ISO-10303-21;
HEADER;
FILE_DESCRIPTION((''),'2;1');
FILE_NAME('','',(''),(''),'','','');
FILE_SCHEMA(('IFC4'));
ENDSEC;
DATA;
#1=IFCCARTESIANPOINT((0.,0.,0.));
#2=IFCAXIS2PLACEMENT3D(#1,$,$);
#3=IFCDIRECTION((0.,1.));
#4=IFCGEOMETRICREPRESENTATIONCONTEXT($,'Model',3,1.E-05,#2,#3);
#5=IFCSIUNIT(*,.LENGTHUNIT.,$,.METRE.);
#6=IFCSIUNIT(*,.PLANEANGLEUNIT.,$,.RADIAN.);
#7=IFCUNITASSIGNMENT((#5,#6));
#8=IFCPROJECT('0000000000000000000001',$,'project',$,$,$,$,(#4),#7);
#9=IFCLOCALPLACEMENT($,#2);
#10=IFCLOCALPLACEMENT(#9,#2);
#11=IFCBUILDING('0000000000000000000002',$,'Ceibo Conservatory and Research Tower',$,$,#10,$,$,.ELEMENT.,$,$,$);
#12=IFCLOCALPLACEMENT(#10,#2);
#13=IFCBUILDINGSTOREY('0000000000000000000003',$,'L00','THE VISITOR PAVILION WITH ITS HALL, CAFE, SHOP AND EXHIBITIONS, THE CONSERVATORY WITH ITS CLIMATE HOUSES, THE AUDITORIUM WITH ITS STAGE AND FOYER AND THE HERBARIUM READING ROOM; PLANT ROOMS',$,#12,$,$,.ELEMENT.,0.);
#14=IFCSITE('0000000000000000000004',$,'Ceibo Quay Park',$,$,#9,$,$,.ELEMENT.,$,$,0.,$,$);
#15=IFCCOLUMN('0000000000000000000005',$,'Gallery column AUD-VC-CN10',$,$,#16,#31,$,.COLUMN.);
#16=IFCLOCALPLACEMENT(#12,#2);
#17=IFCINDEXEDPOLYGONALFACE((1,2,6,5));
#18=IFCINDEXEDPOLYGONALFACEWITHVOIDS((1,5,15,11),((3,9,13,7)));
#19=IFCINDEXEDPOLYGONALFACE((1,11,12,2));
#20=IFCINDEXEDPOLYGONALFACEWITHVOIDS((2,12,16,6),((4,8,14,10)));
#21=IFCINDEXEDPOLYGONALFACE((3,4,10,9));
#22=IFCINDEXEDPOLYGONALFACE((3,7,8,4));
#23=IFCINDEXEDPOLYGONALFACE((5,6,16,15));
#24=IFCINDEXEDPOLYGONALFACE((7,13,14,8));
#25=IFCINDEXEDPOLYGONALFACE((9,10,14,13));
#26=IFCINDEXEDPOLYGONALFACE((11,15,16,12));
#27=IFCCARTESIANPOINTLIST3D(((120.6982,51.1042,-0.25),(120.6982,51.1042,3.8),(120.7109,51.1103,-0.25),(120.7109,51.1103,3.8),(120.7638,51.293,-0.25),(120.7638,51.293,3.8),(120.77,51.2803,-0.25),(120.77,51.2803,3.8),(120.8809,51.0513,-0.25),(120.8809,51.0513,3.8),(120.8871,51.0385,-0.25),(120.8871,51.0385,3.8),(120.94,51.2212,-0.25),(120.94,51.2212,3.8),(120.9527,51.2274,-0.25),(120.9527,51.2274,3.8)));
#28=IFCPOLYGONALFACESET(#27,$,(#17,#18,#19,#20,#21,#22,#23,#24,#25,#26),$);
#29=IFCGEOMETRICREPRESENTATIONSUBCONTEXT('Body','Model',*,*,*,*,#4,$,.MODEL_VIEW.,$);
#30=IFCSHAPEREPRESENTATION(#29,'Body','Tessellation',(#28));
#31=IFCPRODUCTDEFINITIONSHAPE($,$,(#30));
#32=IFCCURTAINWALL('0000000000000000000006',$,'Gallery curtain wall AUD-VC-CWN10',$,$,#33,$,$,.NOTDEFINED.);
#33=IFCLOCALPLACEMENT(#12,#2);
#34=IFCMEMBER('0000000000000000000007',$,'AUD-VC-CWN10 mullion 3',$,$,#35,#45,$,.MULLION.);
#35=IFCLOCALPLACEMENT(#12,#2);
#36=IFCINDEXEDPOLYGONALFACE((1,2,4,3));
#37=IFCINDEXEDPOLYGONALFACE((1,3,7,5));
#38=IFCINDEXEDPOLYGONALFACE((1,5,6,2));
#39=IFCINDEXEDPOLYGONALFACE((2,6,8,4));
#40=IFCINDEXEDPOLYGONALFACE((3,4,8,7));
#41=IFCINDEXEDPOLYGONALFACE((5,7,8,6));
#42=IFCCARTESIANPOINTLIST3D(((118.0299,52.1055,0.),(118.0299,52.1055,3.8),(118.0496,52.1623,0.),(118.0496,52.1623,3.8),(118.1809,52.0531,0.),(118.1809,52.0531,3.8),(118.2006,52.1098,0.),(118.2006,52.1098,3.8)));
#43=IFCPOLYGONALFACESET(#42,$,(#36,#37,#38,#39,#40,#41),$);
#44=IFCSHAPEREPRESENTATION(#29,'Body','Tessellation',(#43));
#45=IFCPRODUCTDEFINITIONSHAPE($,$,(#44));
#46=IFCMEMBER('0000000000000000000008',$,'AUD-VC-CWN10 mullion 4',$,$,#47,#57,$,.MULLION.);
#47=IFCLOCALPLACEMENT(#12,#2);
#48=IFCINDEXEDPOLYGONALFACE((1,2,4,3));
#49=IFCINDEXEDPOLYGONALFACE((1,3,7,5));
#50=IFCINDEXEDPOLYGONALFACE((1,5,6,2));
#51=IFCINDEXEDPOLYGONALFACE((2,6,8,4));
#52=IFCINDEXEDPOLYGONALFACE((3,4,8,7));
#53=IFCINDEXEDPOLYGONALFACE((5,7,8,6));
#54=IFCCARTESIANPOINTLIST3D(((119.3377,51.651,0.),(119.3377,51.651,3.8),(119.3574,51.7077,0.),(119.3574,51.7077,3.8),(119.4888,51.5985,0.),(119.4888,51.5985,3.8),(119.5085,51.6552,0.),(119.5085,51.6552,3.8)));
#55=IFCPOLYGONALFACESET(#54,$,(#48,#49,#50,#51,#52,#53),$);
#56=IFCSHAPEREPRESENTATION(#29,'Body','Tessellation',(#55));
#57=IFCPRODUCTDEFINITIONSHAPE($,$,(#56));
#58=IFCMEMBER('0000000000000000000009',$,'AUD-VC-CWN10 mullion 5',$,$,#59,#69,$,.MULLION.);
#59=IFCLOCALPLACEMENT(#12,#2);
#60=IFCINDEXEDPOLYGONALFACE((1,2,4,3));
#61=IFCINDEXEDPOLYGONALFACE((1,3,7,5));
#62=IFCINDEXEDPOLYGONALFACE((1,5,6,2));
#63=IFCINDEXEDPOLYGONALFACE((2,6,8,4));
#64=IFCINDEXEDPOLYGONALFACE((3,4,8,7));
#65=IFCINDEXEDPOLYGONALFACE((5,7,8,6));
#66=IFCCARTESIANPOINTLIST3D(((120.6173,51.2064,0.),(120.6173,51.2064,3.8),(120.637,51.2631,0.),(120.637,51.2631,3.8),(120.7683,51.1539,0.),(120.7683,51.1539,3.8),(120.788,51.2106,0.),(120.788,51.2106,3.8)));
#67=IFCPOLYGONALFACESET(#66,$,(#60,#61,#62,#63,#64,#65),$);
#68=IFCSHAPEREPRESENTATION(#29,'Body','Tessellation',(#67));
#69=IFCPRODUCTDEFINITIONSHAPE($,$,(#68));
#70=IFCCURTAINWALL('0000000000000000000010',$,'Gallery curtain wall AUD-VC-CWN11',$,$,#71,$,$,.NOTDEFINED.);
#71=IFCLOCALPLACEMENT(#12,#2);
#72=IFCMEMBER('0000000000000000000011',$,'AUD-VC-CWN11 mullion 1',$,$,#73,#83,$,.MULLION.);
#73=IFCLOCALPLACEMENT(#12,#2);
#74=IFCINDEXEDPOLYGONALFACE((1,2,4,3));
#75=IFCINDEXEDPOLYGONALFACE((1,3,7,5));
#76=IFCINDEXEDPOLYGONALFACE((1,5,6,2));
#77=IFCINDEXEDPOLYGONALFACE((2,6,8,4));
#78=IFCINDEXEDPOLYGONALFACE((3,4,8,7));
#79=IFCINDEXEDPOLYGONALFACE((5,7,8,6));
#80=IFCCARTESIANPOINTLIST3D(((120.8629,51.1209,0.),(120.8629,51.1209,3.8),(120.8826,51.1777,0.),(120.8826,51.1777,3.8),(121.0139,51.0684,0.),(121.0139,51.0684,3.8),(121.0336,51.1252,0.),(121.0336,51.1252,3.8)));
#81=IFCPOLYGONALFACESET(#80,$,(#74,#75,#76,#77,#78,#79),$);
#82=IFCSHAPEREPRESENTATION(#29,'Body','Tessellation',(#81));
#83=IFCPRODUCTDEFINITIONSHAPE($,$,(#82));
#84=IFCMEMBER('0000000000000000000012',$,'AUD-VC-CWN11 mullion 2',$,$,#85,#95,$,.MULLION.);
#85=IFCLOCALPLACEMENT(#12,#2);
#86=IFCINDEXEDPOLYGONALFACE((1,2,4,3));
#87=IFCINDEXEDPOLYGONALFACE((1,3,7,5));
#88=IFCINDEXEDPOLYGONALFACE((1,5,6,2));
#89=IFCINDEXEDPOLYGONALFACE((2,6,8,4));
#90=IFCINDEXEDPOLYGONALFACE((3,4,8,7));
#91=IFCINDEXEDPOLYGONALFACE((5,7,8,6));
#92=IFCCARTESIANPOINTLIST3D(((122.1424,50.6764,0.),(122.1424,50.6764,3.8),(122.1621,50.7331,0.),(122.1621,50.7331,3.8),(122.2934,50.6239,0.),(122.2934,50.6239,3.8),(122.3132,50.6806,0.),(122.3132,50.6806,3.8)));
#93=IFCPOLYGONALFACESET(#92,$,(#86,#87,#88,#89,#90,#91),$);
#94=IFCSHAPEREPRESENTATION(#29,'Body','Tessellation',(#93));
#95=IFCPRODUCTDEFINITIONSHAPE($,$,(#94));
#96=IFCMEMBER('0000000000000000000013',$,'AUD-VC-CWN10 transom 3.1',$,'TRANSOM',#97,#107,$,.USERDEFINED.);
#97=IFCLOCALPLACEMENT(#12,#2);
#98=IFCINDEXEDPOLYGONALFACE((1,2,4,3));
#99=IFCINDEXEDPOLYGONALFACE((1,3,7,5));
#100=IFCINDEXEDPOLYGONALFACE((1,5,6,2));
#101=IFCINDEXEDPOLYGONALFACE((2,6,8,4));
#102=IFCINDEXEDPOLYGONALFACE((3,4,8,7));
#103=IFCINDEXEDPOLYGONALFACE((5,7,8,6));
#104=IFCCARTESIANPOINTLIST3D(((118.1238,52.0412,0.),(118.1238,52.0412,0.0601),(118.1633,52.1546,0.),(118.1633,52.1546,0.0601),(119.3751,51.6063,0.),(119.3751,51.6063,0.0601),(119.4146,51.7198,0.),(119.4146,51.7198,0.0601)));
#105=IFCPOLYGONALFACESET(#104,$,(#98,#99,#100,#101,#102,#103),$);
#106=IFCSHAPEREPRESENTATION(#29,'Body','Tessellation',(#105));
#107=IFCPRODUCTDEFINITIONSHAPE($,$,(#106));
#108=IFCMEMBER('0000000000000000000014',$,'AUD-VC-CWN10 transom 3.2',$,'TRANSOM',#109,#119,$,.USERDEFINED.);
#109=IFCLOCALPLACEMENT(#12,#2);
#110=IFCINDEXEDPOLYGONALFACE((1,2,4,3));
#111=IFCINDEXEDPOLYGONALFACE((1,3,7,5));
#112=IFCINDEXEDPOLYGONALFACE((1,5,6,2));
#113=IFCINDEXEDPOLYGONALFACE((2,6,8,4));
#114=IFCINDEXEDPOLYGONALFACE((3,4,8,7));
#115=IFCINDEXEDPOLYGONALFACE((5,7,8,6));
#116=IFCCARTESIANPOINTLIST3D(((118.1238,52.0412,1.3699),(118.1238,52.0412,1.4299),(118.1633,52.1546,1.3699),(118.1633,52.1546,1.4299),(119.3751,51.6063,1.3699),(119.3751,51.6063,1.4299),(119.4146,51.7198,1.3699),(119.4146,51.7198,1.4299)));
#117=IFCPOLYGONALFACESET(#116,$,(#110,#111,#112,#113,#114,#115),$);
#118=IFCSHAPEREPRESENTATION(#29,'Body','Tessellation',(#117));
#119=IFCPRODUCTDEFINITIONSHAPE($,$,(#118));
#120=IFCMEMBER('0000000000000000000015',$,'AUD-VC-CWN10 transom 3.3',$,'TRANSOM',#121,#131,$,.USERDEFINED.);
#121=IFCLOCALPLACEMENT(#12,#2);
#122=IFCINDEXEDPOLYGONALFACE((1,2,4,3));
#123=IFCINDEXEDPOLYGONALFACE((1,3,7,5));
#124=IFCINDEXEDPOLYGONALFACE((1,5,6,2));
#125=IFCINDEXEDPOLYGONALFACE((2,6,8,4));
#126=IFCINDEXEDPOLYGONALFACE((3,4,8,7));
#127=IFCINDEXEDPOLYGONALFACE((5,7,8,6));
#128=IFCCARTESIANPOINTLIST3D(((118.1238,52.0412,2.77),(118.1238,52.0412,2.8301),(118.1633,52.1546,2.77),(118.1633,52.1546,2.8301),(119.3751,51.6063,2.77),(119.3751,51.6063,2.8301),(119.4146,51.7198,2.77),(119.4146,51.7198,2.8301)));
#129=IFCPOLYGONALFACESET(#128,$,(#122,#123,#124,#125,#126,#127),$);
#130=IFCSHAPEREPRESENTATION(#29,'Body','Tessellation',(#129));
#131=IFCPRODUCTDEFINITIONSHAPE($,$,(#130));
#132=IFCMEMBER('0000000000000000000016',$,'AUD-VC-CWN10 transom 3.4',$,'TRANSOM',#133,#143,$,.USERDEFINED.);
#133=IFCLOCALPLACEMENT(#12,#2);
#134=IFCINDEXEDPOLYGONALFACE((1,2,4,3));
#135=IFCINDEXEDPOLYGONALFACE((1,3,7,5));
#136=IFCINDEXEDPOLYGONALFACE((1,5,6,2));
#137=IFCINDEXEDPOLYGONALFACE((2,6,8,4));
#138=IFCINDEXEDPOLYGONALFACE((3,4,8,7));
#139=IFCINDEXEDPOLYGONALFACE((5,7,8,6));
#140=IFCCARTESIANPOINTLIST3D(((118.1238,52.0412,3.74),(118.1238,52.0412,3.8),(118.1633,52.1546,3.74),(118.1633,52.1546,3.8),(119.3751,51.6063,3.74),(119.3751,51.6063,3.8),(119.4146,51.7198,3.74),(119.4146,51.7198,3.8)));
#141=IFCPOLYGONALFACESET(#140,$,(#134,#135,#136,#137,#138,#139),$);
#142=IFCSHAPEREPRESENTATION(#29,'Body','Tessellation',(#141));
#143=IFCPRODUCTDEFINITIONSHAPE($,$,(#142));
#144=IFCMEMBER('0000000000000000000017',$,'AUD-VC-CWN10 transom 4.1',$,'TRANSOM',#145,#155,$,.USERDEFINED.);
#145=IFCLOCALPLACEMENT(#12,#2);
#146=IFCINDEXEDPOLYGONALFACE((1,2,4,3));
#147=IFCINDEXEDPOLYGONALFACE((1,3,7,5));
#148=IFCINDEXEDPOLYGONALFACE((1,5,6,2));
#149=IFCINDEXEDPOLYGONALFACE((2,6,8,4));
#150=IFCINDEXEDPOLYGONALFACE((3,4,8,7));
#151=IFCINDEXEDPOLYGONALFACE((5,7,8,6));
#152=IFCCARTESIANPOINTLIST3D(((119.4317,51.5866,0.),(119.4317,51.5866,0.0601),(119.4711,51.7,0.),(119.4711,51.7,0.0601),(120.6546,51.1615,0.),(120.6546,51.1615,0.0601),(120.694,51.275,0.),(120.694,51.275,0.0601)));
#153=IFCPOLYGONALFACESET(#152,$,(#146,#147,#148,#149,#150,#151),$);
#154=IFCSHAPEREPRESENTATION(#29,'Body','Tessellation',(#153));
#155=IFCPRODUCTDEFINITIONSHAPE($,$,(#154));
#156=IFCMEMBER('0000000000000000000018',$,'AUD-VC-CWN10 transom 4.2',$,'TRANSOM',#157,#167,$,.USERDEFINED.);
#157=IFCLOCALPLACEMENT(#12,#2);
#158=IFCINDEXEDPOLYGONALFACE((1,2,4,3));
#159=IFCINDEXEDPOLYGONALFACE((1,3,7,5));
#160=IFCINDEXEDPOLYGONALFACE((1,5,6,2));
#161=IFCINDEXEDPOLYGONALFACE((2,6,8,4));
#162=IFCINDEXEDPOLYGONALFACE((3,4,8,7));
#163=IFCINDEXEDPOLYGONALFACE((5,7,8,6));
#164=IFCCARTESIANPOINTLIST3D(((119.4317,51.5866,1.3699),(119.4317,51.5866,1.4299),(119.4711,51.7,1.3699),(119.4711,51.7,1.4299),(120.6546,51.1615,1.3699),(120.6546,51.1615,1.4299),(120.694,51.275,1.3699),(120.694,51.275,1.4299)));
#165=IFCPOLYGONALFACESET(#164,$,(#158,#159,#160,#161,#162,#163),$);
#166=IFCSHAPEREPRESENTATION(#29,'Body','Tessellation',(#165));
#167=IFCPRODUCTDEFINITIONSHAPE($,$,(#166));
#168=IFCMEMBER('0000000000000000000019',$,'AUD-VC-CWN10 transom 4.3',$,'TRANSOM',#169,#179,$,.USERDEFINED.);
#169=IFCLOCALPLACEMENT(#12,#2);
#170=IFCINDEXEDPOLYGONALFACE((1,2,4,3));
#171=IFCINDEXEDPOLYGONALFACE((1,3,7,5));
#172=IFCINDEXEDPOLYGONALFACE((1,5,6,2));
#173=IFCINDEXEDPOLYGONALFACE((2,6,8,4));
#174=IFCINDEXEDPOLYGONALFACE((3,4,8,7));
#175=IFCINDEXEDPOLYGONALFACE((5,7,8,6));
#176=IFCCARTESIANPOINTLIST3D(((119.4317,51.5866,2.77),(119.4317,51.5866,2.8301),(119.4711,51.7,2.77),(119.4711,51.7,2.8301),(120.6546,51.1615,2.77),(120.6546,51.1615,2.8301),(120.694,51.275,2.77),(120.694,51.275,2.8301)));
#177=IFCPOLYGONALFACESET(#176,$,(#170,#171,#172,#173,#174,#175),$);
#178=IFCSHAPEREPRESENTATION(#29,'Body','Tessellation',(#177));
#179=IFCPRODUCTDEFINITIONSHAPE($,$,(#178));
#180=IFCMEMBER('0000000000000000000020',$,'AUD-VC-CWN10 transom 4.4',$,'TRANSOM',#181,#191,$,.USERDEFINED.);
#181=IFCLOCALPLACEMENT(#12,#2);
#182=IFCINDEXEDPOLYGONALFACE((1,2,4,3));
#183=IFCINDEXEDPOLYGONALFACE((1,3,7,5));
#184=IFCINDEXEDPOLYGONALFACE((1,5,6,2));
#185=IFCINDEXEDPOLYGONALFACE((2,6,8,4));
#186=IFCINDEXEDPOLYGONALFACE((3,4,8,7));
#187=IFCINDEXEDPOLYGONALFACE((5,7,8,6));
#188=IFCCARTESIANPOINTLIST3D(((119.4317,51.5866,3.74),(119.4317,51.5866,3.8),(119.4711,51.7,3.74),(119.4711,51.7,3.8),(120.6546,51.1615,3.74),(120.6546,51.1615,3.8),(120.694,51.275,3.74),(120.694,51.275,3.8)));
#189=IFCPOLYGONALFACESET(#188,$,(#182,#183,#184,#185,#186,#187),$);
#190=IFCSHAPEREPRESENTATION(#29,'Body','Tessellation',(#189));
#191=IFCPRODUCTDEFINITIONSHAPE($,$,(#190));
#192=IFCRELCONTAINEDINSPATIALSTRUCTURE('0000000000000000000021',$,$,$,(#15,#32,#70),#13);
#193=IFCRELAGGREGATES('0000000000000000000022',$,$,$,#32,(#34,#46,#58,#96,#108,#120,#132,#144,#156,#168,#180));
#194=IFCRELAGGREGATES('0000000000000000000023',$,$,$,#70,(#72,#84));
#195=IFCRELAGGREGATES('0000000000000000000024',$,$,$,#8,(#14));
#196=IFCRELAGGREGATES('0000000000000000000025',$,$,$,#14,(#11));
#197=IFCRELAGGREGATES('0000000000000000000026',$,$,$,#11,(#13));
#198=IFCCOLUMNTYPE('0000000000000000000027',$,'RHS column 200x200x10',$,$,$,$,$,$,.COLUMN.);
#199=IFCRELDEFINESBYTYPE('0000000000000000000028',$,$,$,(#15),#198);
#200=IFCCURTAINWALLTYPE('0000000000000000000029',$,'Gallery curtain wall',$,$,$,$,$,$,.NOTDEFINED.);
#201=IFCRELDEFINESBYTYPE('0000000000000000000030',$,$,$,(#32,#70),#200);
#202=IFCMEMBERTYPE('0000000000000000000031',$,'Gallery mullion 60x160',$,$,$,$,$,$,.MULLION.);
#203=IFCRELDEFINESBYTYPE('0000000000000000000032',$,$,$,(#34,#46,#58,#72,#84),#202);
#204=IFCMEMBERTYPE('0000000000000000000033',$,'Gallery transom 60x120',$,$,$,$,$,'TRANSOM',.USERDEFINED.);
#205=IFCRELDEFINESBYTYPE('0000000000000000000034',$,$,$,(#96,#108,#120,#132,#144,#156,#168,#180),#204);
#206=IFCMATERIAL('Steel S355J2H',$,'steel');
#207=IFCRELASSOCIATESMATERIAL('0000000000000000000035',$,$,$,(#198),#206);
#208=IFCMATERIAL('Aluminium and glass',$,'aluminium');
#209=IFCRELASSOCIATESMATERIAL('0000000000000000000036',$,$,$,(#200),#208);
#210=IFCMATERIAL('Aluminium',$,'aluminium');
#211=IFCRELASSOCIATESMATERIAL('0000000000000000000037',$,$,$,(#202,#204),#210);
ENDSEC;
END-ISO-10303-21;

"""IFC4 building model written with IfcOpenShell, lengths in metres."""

from ifc_helpers import new_model, si_unit, direction, frame, origin, origin_2d, place, context, subcontext, project, spatial, rectangle, hollow_rectangle, extrude, material, material_profile, profile_set, type_object, element, aggregate, save


model = new_model("IFC4")

# Units and contexts
model_context = context("Model", 3, precision=1e-05, world=origin(), true_north=direction((0.0, 1.0)))
body_context = subcontext(model_context, "Body", "Model", "MODEL_VIEW")
ifc_project = project(units=[si_unit("LENGTHUNIT", "METRE"), si_unit("PLANEANGLEUNIT", "RADIAN")], contexts=[model_context])

# Site, building, storey
site_placement = place(None, origin())
site = spatial("IfcSite", under=ifc_project, at=site_placement, Name="Ceibo Quay Park", CompositionType="ELEMENT", RefElevation=0.0)
building_placement = place(site_placement, origin())
building = spatial("IfcBuilding", under=site, at=building_placement, Name="Ceibo Conservatory and Research Tower", CompositionType="ELEMENT")
storey_placement = place(building_placement, origin())
storey = spatial("IfcBuildingStorey", under=building, at=storey_placement, Name="L00", Description="THE VISITOR PAVILION WITH ITS HALL, CAFE, SHOP AND EXHIBITIONS, THE CONSERVATORY WITH ITS CLIMATE HOUSES, THE AUDITORIUM WITH ITS STAGE AND FOYER AND THE HERBARIUM READING ROOM; PLANT ROOMS", CompositionType="ELEMENT", Elevation=0.0)

# Column
ifc_material_1 = material(Name="Steel S355J2H", Category="steel")
ifc_material_profile_1 = material_profile(ifc_material_1, hollow_rectangle(XDim=0.2, YDim=0.2, WallThickness=0.01, at=origin_2d()), Name="RHS column 200x200x10")
ifc_profile_set_1 = profile_set([ifc_material_profile_1], Name="Steel S355J2H")
column_type = type_object("IfcColumnType", Name="RHS column 200x200x10", PredefinedType="COLUMN", material=ifc_profile_set_1)
column_placement = place(storey_placement, frame((120.8254, 51.1658, -0.25), z_axis=(0.0, 0.0, 1.0), x_axis=(0.944579, -0.328284, 0.0)))
element("IfcColumn", 1, at=column_placement, inside=storey, type_object=column_type, Name="Gallery column AUD-VC-CN10", PredefinedType="COLUMN", context=body_context, shape_type="SweptSolid", body=[
    extrude(hollow_rectangle(XDim=0.2, YDim=0.2, WallThickness=0.01, at=origin_2d()), origin(), (0.0, 0.0, 1.0), 4.05),
])

# Curtain walls, members
ifc_material_2 = material(Name="Aluminium and glass", Category="aluminium")
curtain_wall_type = type_object("IfcCurtainWallType", Name="Gallery curtain wall", PredefinedType="NOTDEFINED", material=ifc_material_2)
curtain_wall_1_placement = place(storey_placement, origin())
curtain_wall_1 = element("IfcCurtainWall", 2, at=curtain_wall_1_placement, inside=storey, type_object=curtain_wall_type, Name="Gallery curtain wall AUD-VC-CWN10", PredefinedType="NOTDEFINED")
ifc_material_3 = material(Name="Aluminium", Category="aluminium")
ifc_material_profile_2 = material_profile(ifc_material_3, rectangle(XDim=0.0601, YDim=0.1599, at=origin_2d()), Name="AL 60x160")
ifc_profile_set_2 = profile_set([ifc_material_profile_2], Name="Aluminium")
member_type_1 = type_object("IfcMemberType", Name="Gallery mullion 60x160", PredefinedType="MULLION", material=ifc_profile_set_2)
member_1_placement = place(storey_placement, frame((118.1152, 52.1077, 0.0), z_axis=(0.0, 0.0, 1.0), x_axis=(0.328284, 0.944579, 0.0)))
member_1 = element("IfcMember", 3, at=member_1_placement, type_object=member_type_1, Name="AUD-VC-CWN10 mullion 3", PredefinedType="MULLION", context=body_context, shape_type="SweptSolid", body=[
    extrude(rectangle(XDim=0.0601, YDim=0.1599, at=origin_2d()), origin(), (0.0, 0.0, 1.0), 3.8),
])
member_2_placement = place(storey_placement, frame((119.4231, 51.6531, 0.0), z_axis=(0.0, 0.0, 1.0), x_axis=(0.328284, 0.944579, 0.0)))
member_2 = element("IfcMember", 4, at=member_2_placement, type_object=member_type_1, Name="AUD-VC-CWN10 mullion 4", PredefinedType="MULLION", context=body_context, shape_type="SweptSolid", body=[
    extrude(rectangle(XDim=0.0601, YDim=0.1599, at=origin_2d()), origin(), (0.0, 0.0, 1.0), 3.8),
])
member_3_placement = place(storey_placement, frame((120.7026, 51.2085, 0.0), z_axis=(0.0, 0.0, 1.0), x_axis=(0.328284, 0.944579, 0.0)))
member_3 = element("IfcMember", 5, at=member_3_placement, type_object=member_type_1, Name="AUD-VC-CWN10 mullion 5", PredefinedType="MULLION", context=body_context, shape_type="SweptSolid", body=[
    extrude(rectangle(XDim=0.0601, YDim=0.1599, at=origin_2d()), origin(), (0.0, 0.0, 1.0), 3.8),
])
curtain_wall_2_placement = place(storey_placement, origin())
curtain_wall_2 = element("IfcCurtainWall", 6, at=curtain_wall_2_placement, inside=storey, type_object=curtain_wall_type, Name="Gallery curtain wall AUD-VC-CWN11", PredefinedType="NOTDEFINED")
member_4_placement = place(storey_placement, frame((120.9482, 51.123, 0.0), z_axis=(0.0, 0.0, 1.0), x_axis=(0.328284, 0.944579, 0.0)))
member_4 = element("IfcMember", 7, at=member_4_placement, type_object=member_type_1, Name="AUD-VC-CWN11 mullion 1", PredefinedType="MULLION", context=body_context, shape_type="SweptSolid", body=[
    extrude(rectangle(XDim=0.0601, YDim=0.1599, at=origin_2d()), origin(), (0.0, 0.0, 1.0), 3.8),
])
member_5_placement = place(storey_placement, frame((122.2278, 50.6785, 0.0), z_axis=(0.0, 0.0, 1.0), x_axis=(0.328284, 0.944579, 0.0)))
member_5 = element("IfcMember", 8, at=member_5_placement, type_object=member_type_1, Name="AUD-VC-CWN11 mullion 2", PredefinedType="MULLION", context=body_context, shape_type="SweptSolid", body=[
    extrude(rectangle(XDim=0.0601, YDim=0.1599, at=origin_2d()), origin(), (0.0, 0.0, 1.0), 3.8),
])

# Members
ifc_material_profile_3 = material_profile(ifc_material_3, rectangle(XDim=0.1201, YDim=0.0601, at=origin_2d()), Name="AL 60x120")
ifc_profile_set_3 = profile_set([ifc_material_profile_3], Name="Aluminium")
member_type_2 = type_object("IfcMemberType", Name="Gallery transom 60x120", ElementType="TRANSOM", PredefinedType="USERDEFINED", material=ifc_profile_set_3)
member_6_placement = place(storey_placement, frame((118.1436, 52.0979, 0.03), z_axis=(0.944589, -0.328256, 0.0), x_axis=(0.328256, 0.944589, 0.0)))
member_6 = element("IfcMember", 9, at=member_6_placement, type_object=member_type_2, Name="AUD-VC-CWN10 transom 3.1", ObjectType="TRANSOM", PredefinedType="USERDEFINED", context=body_context, shape_type="SweptSolid", body=[
    extrude(rectangle(XDim=0.1201, YDim=0.0601, at=origin_2d()), origin(), (0.0, 0.0, 1.0), 1.3247),
])
member_7_placement = place(storey_placement, frame((118.1436, 52.0979, 1.3999), z_axis=(0.944589, -0.328256, 0.0), x_axis=(0.328256, 0.944589, 0.0)))
member_7 = element("IfcMember", 10, at=member_7_placement, type_object=member_type_2, Name="AUD-VC-CWN10 transom 3.2", ObjectType="TRANSOM", PredefinedType="USERDEFINED", context=body_context, shape_type="SweptSolid", body=[
    extrude(rectangle(XDim=0.1201, YDim=0.0601, at=origin_2d()), origin(), (0.0, 0.0, 1.0), 1.3247),
])
member_8_placement = place(storey_placement, frame((118.1436, 52.0979, 2.8), z_axis=(0.944589, -0.328256, 0.0), x_axis=(0.328256, 0.944589, 0.0)))
member_8 = element("IfcMember", 11, at=member_8_placement, type_object=member_type_2, Name="AUD-VC-CWN10 transom 3.3", ObjectType="TRANSOM", PredefinedType="USERDEFINED", context=body_context, shape_type="SweptSolid", body=[
    extrude(rectangle(XDim=0.1201, YDim=0.0601, at=origin_2d()), origin(), (0.0, 0.0, 1.0), 1.3247),
])
member_9_placement = place(storey_placement, frame((118.1436, 52.0979, 3.77), z_axis=(0.944589, -0.328256, 0.0), x_axis=(0.328256, 0.944589, 0.0)))
member_9 = element("IfcMember", 12, at=member_9_placement, type_object=member_type_2, Name="AUD-VC-CWN10 transom 3.4", ObjectType="TRANSOM", PredefinedType="USERDEFINED", context=body_context, shape_type="SweptSolid", body=[
    extrude(rectangle(XDim=0.1201, YDim=0.0601, at=origin_2d()), origin(), (0.0, 0.0, 1.0), 1.3247),
])
member_10_placement = place(storey_placement, frame((119.4514, 51.6433, 0.03), z_axis=(0.944571, -0.328309, 0.0), x_axis=(0.328309, 0.944571, 0.0)))
member_10 = element("IfcMember", 13, at=member_10_placement, type_object=member_type_2, Name="AUD-VC-CWN10 transom 4.1", ObjectType="TRANSOM", PredefinedType="USERDEFINED", context=body_context, shape_type="SweptSolid", body=[
    extrude(rectangle(XDim=0.1201, YDim=0.0601, at=origin_2d()), origin(), (0.0, 0.0, 1.0), 1.2947),
])
member_11_placement = place(storey_placement, frame((119.4514, 51.6433, 1.3999), z_axis=(0.944571, -0.328309, 0.0), x_axis=(0.328309, 0.944571, 0.0)))
member_11 = element("IfcMember", 14, at=member_11_placement, type_object=member_type_2, Name="AUD-VC-CWN10 transom 4.2", ObjectType="TRANSOM", PredefinedType="USERDEFINED", context=body_context, shape_type="SweptSolid", body=[
    extrude(rectangle(XDim=0.1201, YDim=0.0601, at=origin_2d()), origin(), (0.0, 0.0, 1.0), 1.2947),
])
member_12_placement = place(storey_placement, frame((119.4514, 51.6433, 2.8), z_axis=(0.944571, -0.328309, 0.0), x_axis=(0.328309, 0.944571, 0.0)))
member_12 = element("IfcMember", 15, at=member_12_placement, type_object=member_type_2, Name="AUD-VC-CWN10 transom 4.3", ObjectType="TRANSOM", PredefinedType="USERDEFINED", context=body_context, shape_type="SweptSolid", body=[
    extrude(rectangle(XDim=0.1201, YDim=0.0601, at=origin_2d()), origin(), (0.0, 0.0, 1.0), 1.2947),
])
member_13_placement = place(storey_placement, frame((119.4514, 51.6433, 3.77), z_axis=(0.944571, -0.328309, 0.0), x_axis=(0.328309, 0.944571, 0.0)))
member_13 = element("IfcMember", 16, at=member_13_placement, type_object=member_type_2, Name="AUD-VC-CWN10 transom 4.4", ObjectType="TRANSOM", PredefinedType="USERDEFINED", context=body_context, shape_type="SweptSolid", body=[
    extrude(rectangle(XDim=0.1201, YDim=0.0601, at=origin_2d()), origin(), (0.0, 0.0, 1.0), 1.2947),
])

aggregate(curtain_wall_1, [member_1, member_2, member_3, member_6, member_7, member_8, member_9, member_10, member_11, member_12, member_13])
aggregate(curtain_wall_2, [member_4, member_5])

save(model, "model.ifc")
